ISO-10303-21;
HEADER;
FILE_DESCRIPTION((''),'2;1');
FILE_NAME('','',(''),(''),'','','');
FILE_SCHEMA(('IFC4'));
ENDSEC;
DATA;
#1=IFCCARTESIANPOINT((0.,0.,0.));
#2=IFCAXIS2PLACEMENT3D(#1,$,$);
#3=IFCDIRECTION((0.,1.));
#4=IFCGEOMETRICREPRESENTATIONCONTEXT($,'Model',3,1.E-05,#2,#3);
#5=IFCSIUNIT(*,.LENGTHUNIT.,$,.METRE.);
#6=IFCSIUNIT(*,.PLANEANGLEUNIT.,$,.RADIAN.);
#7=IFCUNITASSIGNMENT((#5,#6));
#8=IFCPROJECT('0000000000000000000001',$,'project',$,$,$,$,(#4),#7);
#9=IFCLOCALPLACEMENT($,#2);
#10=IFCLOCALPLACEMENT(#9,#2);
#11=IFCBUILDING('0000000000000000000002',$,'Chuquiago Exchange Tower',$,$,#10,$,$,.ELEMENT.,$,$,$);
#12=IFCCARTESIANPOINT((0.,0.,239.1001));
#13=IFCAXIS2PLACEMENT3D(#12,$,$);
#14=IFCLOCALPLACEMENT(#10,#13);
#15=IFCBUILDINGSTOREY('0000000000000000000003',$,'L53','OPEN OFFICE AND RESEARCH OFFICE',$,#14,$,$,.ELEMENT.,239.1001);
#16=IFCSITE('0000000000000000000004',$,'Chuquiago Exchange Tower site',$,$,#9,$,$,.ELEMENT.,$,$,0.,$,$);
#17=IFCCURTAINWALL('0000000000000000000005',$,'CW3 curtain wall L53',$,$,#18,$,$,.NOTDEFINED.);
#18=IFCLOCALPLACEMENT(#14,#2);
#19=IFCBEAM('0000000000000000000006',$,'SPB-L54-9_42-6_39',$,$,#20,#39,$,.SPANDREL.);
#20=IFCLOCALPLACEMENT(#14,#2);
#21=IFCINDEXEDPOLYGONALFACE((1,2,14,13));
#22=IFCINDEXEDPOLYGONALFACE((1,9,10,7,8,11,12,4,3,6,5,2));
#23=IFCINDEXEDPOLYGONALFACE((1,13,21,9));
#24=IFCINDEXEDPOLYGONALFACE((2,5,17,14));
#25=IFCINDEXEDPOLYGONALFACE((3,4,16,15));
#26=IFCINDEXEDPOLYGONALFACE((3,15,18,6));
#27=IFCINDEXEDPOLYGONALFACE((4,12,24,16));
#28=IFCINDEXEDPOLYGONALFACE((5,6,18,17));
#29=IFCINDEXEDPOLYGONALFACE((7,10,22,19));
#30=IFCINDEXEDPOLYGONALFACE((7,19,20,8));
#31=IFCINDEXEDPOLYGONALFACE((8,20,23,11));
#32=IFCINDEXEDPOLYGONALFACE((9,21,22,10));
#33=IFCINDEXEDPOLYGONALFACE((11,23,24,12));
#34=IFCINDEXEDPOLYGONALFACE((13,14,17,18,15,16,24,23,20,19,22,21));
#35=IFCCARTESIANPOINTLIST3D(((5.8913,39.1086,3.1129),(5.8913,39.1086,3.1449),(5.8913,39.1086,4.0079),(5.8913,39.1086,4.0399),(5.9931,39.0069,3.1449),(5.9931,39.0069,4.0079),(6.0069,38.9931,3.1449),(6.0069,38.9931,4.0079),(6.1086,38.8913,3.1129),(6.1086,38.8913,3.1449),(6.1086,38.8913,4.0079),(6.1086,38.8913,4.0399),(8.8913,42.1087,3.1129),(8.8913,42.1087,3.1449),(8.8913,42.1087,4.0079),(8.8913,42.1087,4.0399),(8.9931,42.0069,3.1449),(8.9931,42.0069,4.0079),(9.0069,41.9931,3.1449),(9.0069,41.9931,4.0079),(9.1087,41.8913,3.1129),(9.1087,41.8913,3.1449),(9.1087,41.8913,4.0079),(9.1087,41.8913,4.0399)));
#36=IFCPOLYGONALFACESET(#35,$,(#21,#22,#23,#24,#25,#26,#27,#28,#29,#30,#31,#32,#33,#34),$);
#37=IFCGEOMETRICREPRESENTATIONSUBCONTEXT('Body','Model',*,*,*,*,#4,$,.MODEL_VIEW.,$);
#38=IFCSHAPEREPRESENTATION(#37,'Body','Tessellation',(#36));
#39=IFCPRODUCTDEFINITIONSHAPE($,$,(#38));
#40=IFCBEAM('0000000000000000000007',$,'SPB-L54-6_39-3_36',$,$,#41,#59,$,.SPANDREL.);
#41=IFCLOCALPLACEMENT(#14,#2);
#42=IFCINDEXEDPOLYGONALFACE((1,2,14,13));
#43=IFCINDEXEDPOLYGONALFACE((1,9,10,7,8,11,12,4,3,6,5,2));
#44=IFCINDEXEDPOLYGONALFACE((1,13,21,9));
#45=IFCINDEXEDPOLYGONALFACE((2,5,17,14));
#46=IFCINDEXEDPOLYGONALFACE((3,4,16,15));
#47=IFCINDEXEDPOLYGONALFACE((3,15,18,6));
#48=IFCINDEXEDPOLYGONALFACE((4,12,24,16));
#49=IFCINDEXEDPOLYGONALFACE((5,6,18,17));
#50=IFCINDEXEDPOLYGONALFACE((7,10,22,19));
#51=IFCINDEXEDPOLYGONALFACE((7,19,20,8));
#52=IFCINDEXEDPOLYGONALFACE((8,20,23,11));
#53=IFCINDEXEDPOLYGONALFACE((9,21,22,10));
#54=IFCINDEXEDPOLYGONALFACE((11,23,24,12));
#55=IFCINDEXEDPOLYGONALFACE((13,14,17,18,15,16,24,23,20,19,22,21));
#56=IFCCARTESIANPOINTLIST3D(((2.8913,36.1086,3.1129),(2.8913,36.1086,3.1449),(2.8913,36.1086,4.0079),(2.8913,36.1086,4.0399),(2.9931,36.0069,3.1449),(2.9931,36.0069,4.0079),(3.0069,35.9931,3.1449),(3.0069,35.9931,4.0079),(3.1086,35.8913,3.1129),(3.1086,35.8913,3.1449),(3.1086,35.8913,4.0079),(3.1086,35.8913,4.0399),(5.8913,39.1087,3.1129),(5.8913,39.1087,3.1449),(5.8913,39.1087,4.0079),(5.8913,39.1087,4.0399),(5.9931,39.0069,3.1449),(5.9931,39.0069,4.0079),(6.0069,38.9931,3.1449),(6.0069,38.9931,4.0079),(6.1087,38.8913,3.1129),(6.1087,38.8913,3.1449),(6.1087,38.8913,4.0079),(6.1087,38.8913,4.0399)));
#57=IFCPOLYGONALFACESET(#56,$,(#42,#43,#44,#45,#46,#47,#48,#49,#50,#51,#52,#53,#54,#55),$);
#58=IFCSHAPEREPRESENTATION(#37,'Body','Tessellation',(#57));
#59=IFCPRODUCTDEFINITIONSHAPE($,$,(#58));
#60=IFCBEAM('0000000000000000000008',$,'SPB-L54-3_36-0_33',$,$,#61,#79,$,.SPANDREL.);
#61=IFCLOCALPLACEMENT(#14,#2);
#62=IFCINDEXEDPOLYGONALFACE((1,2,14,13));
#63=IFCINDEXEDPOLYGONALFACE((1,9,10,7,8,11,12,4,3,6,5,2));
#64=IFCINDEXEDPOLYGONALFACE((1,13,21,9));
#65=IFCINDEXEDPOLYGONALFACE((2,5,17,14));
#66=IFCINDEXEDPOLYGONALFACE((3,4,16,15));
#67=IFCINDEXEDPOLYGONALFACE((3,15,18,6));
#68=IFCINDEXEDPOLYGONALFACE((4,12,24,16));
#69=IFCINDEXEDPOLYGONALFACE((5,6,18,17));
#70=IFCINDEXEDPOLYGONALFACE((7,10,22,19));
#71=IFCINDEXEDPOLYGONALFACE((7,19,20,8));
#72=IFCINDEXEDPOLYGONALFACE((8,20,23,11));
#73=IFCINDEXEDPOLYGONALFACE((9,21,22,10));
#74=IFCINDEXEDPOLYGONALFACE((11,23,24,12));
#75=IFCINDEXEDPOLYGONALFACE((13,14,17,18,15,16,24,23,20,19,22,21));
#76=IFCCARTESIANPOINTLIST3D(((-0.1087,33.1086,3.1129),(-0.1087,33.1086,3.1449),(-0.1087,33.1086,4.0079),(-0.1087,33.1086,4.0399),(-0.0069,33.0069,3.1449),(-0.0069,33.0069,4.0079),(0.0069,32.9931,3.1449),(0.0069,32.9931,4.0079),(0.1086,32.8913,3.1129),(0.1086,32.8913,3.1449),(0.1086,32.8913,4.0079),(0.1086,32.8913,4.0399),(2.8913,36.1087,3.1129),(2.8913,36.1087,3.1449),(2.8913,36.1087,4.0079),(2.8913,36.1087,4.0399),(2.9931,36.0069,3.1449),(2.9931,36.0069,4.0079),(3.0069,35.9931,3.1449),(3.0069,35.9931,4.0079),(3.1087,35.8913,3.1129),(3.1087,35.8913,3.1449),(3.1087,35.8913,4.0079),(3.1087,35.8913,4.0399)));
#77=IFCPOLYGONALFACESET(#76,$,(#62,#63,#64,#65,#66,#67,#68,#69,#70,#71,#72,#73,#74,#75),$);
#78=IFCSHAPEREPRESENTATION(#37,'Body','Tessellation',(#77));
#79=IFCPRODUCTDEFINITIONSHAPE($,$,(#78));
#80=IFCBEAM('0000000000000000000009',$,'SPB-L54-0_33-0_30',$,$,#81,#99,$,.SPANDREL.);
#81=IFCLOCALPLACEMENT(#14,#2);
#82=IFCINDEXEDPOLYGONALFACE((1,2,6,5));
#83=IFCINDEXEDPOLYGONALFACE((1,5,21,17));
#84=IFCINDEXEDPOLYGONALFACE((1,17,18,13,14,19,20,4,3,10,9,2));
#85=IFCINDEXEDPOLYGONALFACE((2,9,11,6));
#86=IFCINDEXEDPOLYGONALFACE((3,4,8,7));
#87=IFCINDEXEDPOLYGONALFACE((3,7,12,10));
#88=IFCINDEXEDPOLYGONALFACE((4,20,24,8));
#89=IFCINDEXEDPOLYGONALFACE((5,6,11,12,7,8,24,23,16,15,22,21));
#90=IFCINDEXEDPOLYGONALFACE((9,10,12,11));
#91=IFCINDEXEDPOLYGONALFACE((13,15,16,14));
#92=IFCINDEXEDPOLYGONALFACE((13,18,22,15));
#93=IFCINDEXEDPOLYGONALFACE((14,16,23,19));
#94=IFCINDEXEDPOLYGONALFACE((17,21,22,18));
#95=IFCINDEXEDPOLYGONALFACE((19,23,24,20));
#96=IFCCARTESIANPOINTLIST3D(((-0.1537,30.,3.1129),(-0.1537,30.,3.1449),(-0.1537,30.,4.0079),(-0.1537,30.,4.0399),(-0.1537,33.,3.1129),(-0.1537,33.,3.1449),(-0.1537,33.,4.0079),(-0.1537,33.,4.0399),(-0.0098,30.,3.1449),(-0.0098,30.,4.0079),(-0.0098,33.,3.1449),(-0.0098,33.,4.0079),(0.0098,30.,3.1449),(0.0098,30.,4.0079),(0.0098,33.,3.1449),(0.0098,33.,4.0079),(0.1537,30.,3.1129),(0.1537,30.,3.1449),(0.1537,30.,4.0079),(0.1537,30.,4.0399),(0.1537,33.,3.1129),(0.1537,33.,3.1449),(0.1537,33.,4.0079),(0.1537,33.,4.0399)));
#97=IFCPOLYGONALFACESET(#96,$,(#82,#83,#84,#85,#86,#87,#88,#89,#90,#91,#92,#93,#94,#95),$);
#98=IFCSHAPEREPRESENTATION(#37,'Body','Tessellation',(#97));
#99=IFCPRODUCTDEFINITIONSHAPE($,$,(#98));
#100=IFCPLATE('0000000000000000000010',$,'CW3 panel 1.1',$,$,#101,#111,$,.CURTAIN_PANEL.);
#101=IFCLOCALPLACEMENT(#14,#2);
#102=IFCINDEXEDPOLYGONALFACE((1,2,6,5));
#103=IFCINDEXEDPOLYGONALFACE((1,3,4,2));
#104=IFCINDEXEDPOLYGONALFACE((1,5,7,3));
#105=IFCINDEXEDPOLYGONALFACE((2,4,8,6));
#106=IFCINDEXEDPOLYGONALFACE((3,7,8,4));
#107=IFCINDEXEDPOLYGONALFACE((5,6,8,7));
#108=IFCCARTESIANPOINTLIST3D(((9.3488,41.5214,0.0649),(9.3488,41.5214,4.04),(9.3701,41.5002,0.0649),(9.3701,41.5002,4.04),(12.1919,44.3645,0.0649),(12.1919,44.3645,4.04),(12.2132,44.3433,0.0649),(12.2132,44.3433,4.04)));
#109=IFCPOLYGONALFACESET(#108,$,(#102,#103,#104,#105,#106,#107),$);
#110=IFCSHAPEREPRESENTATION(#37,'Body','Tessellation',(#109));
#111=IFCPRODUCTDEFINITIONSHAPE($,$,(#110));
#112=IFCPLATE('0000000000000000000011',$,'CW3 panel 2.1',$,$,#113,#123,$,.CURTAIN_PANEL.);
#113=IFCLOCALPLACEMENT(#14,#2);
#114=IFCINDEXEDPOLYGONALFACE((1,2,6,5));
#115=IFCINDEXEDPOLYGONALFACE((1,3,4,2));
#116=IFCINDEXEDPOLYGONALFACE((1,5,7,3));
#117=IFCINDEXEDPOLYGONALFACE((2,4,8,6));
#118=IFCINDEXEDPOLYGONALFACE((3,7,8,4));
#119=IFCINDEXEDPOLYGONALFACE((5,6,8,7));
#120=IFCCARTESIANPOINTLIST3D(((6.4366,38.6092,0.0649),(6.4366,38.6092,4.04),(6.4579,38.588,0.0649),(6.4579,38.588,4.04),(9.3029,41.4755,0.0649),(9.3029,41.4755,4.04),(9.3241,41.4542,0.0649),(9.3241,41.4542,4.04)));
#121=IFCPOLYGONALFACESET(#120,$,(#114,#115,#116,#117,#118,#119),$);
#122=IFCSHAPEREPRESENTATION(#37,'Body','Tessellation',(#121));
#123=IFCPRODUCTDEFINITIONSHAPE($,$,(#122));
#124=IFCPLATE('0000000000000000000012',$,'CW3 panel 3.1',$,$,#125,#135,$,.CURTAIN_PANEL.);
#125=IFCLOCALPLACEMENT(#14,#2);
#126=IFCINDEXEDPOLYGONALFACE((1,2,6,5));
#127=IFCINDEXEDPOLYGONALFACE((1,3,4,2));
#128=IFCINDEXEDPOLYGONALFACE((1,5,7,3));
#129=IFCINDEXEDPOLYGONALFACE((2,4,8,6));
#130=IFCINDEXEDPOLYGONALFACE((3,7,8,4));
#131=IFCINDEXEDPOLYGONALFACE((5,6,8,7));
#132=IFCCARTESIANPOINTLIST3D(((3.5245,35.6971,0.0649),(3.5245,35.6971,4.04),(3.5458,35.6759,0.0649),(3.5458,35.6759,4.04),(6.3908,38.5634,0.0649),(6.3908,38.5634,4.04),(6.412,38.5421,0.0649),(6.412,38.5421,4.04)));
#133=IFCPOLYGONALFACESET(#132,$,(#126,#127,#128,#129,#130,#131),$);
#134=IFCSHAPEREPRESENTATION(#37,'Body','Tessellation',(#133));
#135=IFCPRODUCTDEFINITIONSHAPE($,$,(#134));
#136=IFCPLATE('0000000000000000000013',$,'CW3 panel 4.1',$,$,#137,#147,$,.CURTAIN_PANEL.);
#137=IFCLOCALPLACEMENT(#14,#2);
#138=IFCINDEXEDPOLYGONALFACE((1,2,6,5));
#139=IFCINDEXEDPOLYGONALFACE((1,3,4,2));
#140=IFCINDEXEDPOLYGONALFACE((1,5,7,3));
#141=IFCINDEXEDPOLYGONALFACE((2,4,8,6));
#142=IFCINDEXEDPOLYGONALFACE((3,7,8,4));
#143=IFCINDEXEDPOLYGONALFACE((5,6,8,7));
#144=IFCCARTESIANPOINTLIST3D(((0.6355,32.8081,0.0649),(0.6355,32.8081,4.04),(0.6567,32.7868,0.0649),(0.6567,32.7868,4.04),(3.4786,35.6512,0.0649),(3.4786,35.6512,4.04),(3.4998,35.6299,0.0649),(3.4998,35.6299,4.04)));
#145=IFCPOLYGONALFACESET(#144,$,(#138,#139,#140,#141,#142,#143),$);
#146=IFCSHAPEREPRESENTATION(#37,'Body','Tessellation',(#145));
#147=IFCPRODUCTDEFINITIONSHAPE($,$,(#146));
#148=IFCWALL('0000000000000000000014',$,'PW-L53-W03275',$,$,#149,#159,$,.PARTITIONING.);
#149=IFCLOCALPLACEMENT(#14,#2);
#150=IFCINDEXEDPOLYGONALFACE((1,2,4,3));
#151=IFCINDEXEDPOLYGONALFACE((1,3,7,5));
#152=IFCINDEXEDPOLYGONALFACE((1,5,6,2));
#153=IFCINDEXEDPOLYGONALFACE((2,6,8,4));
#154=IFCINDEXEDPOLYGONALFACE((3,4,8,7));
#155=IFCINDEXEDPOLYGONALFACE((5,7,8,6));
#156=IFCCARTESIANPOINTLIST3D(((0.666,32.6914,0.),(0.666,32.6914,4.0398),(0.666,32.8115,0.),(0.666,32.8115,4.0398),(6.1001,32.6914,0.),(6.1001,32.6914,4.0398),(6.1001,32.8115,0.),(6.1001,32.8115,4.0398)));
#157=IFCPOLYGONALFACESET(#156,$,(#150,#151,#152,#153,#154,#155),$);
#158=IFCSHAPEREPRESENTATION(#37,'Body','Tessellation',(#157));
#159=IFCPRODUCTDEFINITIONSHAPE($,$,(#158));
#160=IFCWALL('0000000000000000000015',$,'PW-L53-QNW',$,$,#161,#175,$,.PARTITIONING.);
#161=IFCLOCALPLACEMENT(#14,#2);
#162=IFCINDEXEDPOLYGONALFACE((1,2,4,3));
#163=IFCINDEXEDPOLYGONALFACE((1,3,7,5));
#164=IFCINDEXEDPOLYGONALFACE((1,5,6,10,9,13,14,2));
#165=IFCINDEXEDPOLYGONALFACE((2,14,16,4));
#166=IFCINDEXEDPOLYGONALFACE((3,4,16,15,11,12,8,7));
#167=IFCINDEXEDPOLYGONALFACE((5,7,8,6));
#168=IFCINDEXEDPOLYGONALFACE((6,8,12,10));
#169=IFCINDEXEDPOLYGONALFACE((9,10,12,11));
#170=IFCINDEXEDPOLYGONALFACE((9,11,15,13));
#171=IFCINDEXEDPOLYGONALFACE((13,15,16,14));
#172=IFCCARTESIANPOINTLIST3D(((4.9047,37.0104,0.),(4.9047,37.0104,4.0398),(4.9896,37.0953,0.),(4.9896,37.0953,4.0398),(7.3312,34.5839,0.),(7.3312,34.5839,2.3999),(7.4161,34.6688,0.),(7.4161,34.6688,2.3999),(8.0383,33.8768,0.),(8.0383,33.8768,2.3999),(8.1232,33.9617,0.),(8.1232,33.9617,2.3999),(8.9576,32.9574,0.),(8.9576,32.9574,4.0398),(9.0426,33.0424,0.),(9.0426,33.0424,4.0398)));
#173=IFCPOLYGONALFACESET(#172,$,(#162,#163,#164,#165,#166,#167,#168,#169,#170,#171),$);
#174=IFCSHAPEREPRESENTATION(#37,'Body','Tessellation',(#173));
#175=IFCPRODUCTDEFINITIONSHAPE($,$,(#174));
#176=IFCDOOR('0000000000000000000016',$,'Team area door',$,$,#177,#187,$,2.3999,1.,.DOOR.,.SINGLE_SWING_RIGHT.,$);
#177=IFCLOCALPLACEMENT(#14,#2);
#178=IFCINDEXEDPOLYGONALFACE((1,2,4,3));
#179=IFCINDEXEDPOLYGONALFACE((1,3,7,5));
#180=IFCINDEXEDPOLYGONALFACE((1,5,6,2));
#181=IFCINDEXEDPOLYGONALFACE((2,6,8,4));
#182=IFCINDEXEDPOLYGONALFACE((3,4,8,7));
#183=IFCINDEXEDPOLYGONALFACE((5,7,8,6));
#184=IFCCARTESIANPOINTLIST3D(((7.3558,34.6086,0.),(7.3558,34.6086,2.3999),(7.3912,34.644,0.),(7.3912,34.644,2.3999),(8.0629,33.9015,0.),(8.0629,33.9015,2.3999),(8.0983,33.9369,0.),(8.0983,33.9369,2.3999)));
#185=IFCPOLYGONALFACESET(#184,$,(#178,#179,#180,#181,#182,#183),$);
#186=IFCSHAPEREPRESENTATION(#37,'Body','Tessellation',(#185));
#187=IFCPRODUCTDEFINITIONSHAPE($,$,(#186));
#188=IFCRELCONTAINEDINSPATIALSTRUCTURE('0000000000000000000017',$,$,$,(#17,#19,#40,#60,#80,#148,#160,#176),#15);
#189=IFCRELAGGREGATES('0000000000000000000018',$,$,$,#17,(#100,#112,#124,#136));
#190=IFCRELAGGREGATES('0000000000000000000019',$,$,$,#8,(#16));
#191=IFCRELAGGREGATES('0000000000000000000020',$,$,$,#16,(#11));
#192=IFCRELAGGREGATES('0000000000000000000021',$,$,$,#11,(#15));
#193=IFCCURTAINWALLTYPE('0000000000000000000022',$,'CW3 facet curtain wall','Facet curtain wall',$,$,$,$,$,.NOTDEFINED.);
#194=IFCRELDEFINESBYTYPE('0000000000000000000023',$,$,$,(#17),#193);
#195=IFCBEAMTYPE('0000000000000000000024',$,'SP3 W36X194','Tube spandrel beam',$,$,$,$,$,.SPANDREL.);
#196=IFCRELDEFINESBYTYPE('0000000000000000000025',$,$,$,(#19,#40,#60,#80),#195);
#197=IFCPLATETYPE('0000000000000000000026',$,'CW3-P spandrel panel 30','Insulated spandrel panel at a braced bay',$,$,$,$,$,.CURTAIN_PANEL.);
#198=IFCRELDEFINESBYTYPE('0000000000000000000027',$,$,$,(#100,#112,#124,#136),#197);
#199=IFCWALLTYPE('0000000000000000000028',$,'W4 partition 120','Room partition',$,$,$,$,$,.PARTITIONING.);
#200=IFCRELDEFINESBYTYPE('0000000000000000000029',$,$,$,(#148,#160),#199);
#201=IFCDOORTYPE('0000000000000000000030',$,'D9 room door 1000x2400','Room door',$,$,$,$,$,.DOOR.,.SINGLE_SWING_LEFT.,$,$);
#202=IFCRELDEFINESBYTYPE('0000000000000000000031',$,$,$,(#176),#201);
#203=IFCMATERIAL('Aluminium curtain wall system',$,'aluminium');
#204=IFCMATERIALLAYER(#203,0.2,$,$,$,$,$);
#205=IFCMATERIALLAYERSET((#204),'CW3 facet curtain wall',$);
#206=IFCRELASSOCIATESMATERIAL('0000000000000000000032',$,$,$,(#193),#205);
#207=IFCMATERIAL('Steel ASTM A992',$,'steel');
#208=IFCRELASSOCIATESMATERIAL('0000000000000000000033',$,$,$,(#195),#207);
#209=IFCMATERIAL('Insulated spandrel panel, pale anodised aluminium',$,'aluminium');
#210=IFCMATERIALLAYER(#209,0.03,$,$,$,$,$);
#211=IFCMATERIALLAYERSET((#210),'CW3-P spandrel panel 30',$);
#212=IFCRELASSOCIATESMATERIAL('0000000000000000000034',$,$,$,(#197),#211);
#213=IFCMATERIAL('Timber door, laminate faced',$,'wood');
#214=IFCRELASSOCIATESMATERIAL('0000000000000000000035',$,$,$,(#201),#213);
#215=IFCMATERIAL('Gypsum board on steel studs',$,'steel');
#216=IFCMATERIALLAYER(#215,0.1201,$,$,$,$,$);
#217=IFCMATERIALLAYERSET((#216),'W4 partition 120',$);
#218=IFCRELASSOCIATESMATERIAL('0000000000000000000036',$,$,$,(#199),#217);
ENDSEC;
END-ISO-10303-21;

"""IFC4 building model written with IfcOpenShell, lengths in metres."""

from ifc_helpers import new_model, si_unit, direction, frame, frame_2d, origin, origin_2d, place, context, subcontext, project, spatial, rectangle, i_section, extrude, material, layer, layer_set, material_profile, profile_set, type_object, element, fill, aggregate, save


model = new_model("IFC4")

# Units and contexts
model_context = context("Model", 3, precision=1e-05, world=origin(), true_north=direction((0.0, 1.0)))
body_context = subcontext(model_context, "Body", "Model", "MODEL_VIEW")
ifc_project = project(units=[si_unit("LENGTHUNIT", "METRE"), si_unit("PLANEANGLEUNIT", "RADIAN")], contexts=[model_context])

# Site, building, storey
site_placement = place(None, origin())
site = spatial("IfcSite", under=ifc_project, at=site_placement, Name="Chuquiago Exchange Tower site", CompositionType="ELEMENT", RefElevation=0.0)
building_placement = place(site_placement, origin())
building = spatial("IfcBuilding", under=site, at=building_placement, Name="Chuquiago Exchange Tower", CompositionType="ELEMENT")
storey_placement = place(building_placement, frame((0.0, 0.0, 239.1001)))
storey = spatial("IfcBuildingStorey", under=building, at=storey_placement, Name="L53", Description="OPEN OFFICE AND RESEARCH OFFICE", CompositionType="ELEMENT", Elevation=239.1001)

# Curtain wall
ifc_material_1 = material(Name="Aluminium curtain wall system", Category="aluminium")
ifc_layer_1 = layer(ifc_material_1, 0.2)
ifc_layer_set_1 = layer_set([ifc_layer_1], Name="CW3 facet curtain wall")
curtain_wall_type = type_object("IfcCurtainWallType", Name="CW3 facet curtain wall", Description="Facet curtain wall", PredefinedType="NOTDEFINED", material=ifc_layer_set_1)
curtain_wall_placement = place(storey_placement, origin())
curtain_wall = element("IfcCurtainWall", 1, at=curtain_wall_placement, inside=storey, type_object=curtain_wall_type, Name="CW3 curtain wall L53", PredefinedType="NOTDEFINED")

# Beams
ifc_material_2 = material(Name="Steel ASTM A992", Category="steel")
ifc_material_profile_1 = material_profile(ifc_material_2, i_section(OverallWidth=0.3074, OverallDepth=0.927, WebThickness=0.0195, FlangeThickness=0.032, at=origin_2d()), Name="W36X194")
ifc_profile_set_1 = profile_set([ifc_material_profile_1], Name="Steel ASTM A992")
beam_type_1 = type_object("IfcBeamType", Name="SP3 W36X194", Description="Tube spandrel beam", PredefinedType="SPANDREL", material=ifc_profile_set_1)
for number, where, z_axis, x_axis, name in (
    (2, (9.0, 42.0, 3.5764), (-0.707107, -0.707107, 0.0), (0.707107, -0.707107, 0.0), "SPB-L54-9_42-6_39"),
    (3, (6.0, 39.0, 3.5764), (-0.707107, -0.707107, 0.0), (0.707107, -0.707107, 0.0), "SPB-L54-6_39-3_36"),
    (4, (3.0, 36.0, 3.5764), (-0.707107, -0.707107, 0.0), (0.707107, -0.707107, 0.0), "SPB-L54-3_36-0_33"),
):
    element("IfcBeam", number, at=place(storey_placement, frame(where, z_axis=z_axis, x_axis=x_axis)), inside=storey, type_object=beam_type_1, Name=name, PredefinedType="SPANDREL", context=body_context, shape_type="SweptSolid", body=[
        extrude(i_section(OverallWidth=0.3074, OverallDepth=0.927, WebThickness=0.0195, FlangeThickness=0.032, at=origin_2d()), origin(), (0.0, 0.0, 1.0), 4.2427),
    ])
beam_1_placement = place(storey_placement, frame((0.0, 33.0, 3.5764), z_axis=(0.0, -1.0, 0.0), x_axis=(1.0, 0.0, 0.0)))
element("IfcBeam", 5, at=beam_1_placement, inside=storey, type_object=beam_type_1, Name="SPB-L54-0_33-0_30", PredefinedType="SPANDREL", context=body_context, shape_type="SweptSolid", body=[
    extrude(i_section(OverallWidth=0.3074, OverallDepth=0.927, WebThickness=0.0195, FlangeThickness=0.032, at=origin_2d()), origin(), (0.0, 0.0, 1.0), 3.0),
])

# Plates
ifc_material_3 = material(Name="Insulated spandrel panel, pale anodised aluminium", Category="aluminium")
ifc_layer_2 = layer(ifc_material_3, 0.03)
ifc_layer_set_2 = layer_set([ifc_layer_2], Name="CW3-P spandrel panel 30")
plate_type = type_object("IfcPlateType", Name="CW3-P spandrel panel 30", Description="Insulated spandrel panel at a braced bay", PredefinedType="CURTAIN_PANEL", material=ifc_layer_set_2)
plate_1_placement = place(storey_placement, frame((10.781, 42.9324, 0.0649), z_axis=(0.0, 0.0, 1.0), x_axis=(-0.707107, -0.707107, 0.0)))
plate_1 = element("IfcPlate", 6, at=plate_1_placement, type_object=plate_type, Name="CW3 panel 1.1", PredefinedType="CURTAIN_PANEL", context=body_context, shape_type="SweptSolid", body=[
    extrude(rectangle(XDim=4.0208, YDim=0.03, at=origin_2d()), origin(), (0.0, 0.0, 1.0), 3.9751),
])
plate_2_placement = place(storey_placement, frame((7.8804, 40.0317, 0.0649), z_axis=(0.0, 0.0, 1.0), x_axis=(-0.707107, -0.707107, 0.0)))
plate_2 = element("IfcPlate", 7, at=plate_2_placement, type_object=plate_type, Name="CW3 panel 2.1", PredefinedType="CURTAIN_PANEL", context=body_context, shape_type="SweptSolid", body=[
    extrude(rectangle(XDim=4.0535, YDim=0.03, at=origin_2d()), origin(), (0.0, 0.0, 1.0), 3.9751),
])
plate_3_placement = place(storey_placement, frame((4.9683, 37.1196, 0.0649), z_axis=(0.0, 0.0, 1.0), x_axis=(-0.707107, -0.707107, 0.0)))
plate_3 = element("IfcPlate", 8, at=plate_3_placement, type_object=plate_type, Name="CW3 panel 3.1", PredefinedType="CURTAIN_PANEL", context=body_context, shape_type="SweptSolid", body=[
    extrude(rectangle(XDim=4.0535, YDim=0.03, at=origin_2d()), origin(), (0.0, 0.0, 1.0), 3.9751),
])
plate_4_placement = place(storey_placement, frame((2.0676, 34.219, 0.0649), z_axis=(0.0, 0.0, 1.0), x_axis=(-0.707107, -0.707107, 0.0)))
plate_4 = element("IfcPlate", 9, at=plate_4_placement, type_object=plate_type, Name="CW3 panel 4.1", PredefinedType="CURTAIN_PANEL", context=body_context, shape_type="SweptSolid", body=[
    extrude(rectangle(XDim=4.0208, YDim=0.03, at=origin_2d()), origin(), (0.0, 0.0, 1.0), 3.9751),
])
aggregate(curtain_wall, [plate_1, plate_2, plate_3, plate_4])

# Shared definitions
ifc_material_4 = material(Name="Timber door, laminate faced", Category="wood")
door_type = type_object("IfcDoorType", Name="D9 room door 1000x2400", Description="Room door", OperationType="SINGLE_SWING_LEFT", PredefinedType="DOOR", material=ifc_material_4)

# Wall
ifc_material_5 = material(Name="Gypsum board on steel studs", Category="steel")
ifc_layer_3 = layer(ifc_material_5, 0.1201)
ifc_layer_set_3 = layer_set([ifc_layer_3], Name="W4 partition 120")
wall_type_1 = type_object("IfcWallType", Name="W4 partition 120", Description="Room partition", PredefinedType="PARTITIONING", material=ifc_layer_set_3)
wall_1_placement = place(storey_placement, frame((0.666, 32.7515, 0.0), z_axis=(0.0, 0.0, 1.0), x_axis=(1.0, 0.0, 0.0)))
element("IfcWall", 10, at=wall_1_placement, inside=storey, type_object=wall_type_1, Name="PW-L53-W03275", PredefinedType="PARTITIONING", context=body_context, shape_type="SweptSolid", body=[
    extrude(rectangle(XDim=5.4341, YDim=0.1201, at=frame_2d((2.717, 0.0))), origin(), (0.0, 0.0, 1.0), 4.0398),
])

# Wall, opening, door
wall_2_placement = place(storey_placement, frame((9.0, 33.0, 0.0), z_axis=(0.0, 0.0, 1.0), x_axis=(-0.707107, 0.707107, 0.0)))
wall_2 = element("IfcWall", 11, at=wall_2_placement, inside=storey, type_object=wall_type_1, Name="PW-L53-QNW", PredefinedType="PARTITIONING", context=body_context, shape_type="SweptSolid", body=[
    extrude(rectangle(XDim=5.7317, YDim=0.1201, at=frame_2d((2.8657, 0.0))), origin(), (0.0, 0.0, 1.0), 4.0398),
])
opening_1_placement = place(wall_2_placement, frame((1.3, 0.0, 0.0)))
opening_1 = element("IfcOpeningElement", 12, at=opening_1_placement, cuts=wall_2, PredefinedType="OPENING", context=body_context, shape_type="SweptSolid", body=[
    extrude(rectangle(XDim=1.0, YDim=2.3999, at=frame_2d((0.5, 1.2))), frame((0.0, 0.0701, 0.0), z_axis=(0.0, -1.0, 0.0), x_axis=(1.0, 0.0, 0.0)), (0.0, 0.0, 1.0), 0.1401),
])
door_1_placement = place(opening_1_placement, frame((1.0, 0.0, 0.0), z_axis=(0.0, 0.0, 1.0), x_axis=(-1.0, 0.0, 0.0)))
door_1 = element("IfcDoor", 13, at=door_1_placement, inside=storey, type_object=door_type, Name="Team area door", OperationType="SINGLE_SWING_RIGHT", OverallHeight=2.3999, OverallWidth=1.0, PredefinedType="DOOR", context=body_context, shape_type="SweptSolid", body=[
    extrude(rectangle(XDim=1.0, YDim=2.3999, at=frame_2d((0.5, 1.2))), frame((0.0, 0.0249, 0.0), z_axis=(0.0, -1.0, 0.0), x_axis=(1.0, 0.0, 0.0)), (0.0, 0.0, 1.0), 0.05),
])
fill(opening_1, door_1)

save(model, "model.ifc")
